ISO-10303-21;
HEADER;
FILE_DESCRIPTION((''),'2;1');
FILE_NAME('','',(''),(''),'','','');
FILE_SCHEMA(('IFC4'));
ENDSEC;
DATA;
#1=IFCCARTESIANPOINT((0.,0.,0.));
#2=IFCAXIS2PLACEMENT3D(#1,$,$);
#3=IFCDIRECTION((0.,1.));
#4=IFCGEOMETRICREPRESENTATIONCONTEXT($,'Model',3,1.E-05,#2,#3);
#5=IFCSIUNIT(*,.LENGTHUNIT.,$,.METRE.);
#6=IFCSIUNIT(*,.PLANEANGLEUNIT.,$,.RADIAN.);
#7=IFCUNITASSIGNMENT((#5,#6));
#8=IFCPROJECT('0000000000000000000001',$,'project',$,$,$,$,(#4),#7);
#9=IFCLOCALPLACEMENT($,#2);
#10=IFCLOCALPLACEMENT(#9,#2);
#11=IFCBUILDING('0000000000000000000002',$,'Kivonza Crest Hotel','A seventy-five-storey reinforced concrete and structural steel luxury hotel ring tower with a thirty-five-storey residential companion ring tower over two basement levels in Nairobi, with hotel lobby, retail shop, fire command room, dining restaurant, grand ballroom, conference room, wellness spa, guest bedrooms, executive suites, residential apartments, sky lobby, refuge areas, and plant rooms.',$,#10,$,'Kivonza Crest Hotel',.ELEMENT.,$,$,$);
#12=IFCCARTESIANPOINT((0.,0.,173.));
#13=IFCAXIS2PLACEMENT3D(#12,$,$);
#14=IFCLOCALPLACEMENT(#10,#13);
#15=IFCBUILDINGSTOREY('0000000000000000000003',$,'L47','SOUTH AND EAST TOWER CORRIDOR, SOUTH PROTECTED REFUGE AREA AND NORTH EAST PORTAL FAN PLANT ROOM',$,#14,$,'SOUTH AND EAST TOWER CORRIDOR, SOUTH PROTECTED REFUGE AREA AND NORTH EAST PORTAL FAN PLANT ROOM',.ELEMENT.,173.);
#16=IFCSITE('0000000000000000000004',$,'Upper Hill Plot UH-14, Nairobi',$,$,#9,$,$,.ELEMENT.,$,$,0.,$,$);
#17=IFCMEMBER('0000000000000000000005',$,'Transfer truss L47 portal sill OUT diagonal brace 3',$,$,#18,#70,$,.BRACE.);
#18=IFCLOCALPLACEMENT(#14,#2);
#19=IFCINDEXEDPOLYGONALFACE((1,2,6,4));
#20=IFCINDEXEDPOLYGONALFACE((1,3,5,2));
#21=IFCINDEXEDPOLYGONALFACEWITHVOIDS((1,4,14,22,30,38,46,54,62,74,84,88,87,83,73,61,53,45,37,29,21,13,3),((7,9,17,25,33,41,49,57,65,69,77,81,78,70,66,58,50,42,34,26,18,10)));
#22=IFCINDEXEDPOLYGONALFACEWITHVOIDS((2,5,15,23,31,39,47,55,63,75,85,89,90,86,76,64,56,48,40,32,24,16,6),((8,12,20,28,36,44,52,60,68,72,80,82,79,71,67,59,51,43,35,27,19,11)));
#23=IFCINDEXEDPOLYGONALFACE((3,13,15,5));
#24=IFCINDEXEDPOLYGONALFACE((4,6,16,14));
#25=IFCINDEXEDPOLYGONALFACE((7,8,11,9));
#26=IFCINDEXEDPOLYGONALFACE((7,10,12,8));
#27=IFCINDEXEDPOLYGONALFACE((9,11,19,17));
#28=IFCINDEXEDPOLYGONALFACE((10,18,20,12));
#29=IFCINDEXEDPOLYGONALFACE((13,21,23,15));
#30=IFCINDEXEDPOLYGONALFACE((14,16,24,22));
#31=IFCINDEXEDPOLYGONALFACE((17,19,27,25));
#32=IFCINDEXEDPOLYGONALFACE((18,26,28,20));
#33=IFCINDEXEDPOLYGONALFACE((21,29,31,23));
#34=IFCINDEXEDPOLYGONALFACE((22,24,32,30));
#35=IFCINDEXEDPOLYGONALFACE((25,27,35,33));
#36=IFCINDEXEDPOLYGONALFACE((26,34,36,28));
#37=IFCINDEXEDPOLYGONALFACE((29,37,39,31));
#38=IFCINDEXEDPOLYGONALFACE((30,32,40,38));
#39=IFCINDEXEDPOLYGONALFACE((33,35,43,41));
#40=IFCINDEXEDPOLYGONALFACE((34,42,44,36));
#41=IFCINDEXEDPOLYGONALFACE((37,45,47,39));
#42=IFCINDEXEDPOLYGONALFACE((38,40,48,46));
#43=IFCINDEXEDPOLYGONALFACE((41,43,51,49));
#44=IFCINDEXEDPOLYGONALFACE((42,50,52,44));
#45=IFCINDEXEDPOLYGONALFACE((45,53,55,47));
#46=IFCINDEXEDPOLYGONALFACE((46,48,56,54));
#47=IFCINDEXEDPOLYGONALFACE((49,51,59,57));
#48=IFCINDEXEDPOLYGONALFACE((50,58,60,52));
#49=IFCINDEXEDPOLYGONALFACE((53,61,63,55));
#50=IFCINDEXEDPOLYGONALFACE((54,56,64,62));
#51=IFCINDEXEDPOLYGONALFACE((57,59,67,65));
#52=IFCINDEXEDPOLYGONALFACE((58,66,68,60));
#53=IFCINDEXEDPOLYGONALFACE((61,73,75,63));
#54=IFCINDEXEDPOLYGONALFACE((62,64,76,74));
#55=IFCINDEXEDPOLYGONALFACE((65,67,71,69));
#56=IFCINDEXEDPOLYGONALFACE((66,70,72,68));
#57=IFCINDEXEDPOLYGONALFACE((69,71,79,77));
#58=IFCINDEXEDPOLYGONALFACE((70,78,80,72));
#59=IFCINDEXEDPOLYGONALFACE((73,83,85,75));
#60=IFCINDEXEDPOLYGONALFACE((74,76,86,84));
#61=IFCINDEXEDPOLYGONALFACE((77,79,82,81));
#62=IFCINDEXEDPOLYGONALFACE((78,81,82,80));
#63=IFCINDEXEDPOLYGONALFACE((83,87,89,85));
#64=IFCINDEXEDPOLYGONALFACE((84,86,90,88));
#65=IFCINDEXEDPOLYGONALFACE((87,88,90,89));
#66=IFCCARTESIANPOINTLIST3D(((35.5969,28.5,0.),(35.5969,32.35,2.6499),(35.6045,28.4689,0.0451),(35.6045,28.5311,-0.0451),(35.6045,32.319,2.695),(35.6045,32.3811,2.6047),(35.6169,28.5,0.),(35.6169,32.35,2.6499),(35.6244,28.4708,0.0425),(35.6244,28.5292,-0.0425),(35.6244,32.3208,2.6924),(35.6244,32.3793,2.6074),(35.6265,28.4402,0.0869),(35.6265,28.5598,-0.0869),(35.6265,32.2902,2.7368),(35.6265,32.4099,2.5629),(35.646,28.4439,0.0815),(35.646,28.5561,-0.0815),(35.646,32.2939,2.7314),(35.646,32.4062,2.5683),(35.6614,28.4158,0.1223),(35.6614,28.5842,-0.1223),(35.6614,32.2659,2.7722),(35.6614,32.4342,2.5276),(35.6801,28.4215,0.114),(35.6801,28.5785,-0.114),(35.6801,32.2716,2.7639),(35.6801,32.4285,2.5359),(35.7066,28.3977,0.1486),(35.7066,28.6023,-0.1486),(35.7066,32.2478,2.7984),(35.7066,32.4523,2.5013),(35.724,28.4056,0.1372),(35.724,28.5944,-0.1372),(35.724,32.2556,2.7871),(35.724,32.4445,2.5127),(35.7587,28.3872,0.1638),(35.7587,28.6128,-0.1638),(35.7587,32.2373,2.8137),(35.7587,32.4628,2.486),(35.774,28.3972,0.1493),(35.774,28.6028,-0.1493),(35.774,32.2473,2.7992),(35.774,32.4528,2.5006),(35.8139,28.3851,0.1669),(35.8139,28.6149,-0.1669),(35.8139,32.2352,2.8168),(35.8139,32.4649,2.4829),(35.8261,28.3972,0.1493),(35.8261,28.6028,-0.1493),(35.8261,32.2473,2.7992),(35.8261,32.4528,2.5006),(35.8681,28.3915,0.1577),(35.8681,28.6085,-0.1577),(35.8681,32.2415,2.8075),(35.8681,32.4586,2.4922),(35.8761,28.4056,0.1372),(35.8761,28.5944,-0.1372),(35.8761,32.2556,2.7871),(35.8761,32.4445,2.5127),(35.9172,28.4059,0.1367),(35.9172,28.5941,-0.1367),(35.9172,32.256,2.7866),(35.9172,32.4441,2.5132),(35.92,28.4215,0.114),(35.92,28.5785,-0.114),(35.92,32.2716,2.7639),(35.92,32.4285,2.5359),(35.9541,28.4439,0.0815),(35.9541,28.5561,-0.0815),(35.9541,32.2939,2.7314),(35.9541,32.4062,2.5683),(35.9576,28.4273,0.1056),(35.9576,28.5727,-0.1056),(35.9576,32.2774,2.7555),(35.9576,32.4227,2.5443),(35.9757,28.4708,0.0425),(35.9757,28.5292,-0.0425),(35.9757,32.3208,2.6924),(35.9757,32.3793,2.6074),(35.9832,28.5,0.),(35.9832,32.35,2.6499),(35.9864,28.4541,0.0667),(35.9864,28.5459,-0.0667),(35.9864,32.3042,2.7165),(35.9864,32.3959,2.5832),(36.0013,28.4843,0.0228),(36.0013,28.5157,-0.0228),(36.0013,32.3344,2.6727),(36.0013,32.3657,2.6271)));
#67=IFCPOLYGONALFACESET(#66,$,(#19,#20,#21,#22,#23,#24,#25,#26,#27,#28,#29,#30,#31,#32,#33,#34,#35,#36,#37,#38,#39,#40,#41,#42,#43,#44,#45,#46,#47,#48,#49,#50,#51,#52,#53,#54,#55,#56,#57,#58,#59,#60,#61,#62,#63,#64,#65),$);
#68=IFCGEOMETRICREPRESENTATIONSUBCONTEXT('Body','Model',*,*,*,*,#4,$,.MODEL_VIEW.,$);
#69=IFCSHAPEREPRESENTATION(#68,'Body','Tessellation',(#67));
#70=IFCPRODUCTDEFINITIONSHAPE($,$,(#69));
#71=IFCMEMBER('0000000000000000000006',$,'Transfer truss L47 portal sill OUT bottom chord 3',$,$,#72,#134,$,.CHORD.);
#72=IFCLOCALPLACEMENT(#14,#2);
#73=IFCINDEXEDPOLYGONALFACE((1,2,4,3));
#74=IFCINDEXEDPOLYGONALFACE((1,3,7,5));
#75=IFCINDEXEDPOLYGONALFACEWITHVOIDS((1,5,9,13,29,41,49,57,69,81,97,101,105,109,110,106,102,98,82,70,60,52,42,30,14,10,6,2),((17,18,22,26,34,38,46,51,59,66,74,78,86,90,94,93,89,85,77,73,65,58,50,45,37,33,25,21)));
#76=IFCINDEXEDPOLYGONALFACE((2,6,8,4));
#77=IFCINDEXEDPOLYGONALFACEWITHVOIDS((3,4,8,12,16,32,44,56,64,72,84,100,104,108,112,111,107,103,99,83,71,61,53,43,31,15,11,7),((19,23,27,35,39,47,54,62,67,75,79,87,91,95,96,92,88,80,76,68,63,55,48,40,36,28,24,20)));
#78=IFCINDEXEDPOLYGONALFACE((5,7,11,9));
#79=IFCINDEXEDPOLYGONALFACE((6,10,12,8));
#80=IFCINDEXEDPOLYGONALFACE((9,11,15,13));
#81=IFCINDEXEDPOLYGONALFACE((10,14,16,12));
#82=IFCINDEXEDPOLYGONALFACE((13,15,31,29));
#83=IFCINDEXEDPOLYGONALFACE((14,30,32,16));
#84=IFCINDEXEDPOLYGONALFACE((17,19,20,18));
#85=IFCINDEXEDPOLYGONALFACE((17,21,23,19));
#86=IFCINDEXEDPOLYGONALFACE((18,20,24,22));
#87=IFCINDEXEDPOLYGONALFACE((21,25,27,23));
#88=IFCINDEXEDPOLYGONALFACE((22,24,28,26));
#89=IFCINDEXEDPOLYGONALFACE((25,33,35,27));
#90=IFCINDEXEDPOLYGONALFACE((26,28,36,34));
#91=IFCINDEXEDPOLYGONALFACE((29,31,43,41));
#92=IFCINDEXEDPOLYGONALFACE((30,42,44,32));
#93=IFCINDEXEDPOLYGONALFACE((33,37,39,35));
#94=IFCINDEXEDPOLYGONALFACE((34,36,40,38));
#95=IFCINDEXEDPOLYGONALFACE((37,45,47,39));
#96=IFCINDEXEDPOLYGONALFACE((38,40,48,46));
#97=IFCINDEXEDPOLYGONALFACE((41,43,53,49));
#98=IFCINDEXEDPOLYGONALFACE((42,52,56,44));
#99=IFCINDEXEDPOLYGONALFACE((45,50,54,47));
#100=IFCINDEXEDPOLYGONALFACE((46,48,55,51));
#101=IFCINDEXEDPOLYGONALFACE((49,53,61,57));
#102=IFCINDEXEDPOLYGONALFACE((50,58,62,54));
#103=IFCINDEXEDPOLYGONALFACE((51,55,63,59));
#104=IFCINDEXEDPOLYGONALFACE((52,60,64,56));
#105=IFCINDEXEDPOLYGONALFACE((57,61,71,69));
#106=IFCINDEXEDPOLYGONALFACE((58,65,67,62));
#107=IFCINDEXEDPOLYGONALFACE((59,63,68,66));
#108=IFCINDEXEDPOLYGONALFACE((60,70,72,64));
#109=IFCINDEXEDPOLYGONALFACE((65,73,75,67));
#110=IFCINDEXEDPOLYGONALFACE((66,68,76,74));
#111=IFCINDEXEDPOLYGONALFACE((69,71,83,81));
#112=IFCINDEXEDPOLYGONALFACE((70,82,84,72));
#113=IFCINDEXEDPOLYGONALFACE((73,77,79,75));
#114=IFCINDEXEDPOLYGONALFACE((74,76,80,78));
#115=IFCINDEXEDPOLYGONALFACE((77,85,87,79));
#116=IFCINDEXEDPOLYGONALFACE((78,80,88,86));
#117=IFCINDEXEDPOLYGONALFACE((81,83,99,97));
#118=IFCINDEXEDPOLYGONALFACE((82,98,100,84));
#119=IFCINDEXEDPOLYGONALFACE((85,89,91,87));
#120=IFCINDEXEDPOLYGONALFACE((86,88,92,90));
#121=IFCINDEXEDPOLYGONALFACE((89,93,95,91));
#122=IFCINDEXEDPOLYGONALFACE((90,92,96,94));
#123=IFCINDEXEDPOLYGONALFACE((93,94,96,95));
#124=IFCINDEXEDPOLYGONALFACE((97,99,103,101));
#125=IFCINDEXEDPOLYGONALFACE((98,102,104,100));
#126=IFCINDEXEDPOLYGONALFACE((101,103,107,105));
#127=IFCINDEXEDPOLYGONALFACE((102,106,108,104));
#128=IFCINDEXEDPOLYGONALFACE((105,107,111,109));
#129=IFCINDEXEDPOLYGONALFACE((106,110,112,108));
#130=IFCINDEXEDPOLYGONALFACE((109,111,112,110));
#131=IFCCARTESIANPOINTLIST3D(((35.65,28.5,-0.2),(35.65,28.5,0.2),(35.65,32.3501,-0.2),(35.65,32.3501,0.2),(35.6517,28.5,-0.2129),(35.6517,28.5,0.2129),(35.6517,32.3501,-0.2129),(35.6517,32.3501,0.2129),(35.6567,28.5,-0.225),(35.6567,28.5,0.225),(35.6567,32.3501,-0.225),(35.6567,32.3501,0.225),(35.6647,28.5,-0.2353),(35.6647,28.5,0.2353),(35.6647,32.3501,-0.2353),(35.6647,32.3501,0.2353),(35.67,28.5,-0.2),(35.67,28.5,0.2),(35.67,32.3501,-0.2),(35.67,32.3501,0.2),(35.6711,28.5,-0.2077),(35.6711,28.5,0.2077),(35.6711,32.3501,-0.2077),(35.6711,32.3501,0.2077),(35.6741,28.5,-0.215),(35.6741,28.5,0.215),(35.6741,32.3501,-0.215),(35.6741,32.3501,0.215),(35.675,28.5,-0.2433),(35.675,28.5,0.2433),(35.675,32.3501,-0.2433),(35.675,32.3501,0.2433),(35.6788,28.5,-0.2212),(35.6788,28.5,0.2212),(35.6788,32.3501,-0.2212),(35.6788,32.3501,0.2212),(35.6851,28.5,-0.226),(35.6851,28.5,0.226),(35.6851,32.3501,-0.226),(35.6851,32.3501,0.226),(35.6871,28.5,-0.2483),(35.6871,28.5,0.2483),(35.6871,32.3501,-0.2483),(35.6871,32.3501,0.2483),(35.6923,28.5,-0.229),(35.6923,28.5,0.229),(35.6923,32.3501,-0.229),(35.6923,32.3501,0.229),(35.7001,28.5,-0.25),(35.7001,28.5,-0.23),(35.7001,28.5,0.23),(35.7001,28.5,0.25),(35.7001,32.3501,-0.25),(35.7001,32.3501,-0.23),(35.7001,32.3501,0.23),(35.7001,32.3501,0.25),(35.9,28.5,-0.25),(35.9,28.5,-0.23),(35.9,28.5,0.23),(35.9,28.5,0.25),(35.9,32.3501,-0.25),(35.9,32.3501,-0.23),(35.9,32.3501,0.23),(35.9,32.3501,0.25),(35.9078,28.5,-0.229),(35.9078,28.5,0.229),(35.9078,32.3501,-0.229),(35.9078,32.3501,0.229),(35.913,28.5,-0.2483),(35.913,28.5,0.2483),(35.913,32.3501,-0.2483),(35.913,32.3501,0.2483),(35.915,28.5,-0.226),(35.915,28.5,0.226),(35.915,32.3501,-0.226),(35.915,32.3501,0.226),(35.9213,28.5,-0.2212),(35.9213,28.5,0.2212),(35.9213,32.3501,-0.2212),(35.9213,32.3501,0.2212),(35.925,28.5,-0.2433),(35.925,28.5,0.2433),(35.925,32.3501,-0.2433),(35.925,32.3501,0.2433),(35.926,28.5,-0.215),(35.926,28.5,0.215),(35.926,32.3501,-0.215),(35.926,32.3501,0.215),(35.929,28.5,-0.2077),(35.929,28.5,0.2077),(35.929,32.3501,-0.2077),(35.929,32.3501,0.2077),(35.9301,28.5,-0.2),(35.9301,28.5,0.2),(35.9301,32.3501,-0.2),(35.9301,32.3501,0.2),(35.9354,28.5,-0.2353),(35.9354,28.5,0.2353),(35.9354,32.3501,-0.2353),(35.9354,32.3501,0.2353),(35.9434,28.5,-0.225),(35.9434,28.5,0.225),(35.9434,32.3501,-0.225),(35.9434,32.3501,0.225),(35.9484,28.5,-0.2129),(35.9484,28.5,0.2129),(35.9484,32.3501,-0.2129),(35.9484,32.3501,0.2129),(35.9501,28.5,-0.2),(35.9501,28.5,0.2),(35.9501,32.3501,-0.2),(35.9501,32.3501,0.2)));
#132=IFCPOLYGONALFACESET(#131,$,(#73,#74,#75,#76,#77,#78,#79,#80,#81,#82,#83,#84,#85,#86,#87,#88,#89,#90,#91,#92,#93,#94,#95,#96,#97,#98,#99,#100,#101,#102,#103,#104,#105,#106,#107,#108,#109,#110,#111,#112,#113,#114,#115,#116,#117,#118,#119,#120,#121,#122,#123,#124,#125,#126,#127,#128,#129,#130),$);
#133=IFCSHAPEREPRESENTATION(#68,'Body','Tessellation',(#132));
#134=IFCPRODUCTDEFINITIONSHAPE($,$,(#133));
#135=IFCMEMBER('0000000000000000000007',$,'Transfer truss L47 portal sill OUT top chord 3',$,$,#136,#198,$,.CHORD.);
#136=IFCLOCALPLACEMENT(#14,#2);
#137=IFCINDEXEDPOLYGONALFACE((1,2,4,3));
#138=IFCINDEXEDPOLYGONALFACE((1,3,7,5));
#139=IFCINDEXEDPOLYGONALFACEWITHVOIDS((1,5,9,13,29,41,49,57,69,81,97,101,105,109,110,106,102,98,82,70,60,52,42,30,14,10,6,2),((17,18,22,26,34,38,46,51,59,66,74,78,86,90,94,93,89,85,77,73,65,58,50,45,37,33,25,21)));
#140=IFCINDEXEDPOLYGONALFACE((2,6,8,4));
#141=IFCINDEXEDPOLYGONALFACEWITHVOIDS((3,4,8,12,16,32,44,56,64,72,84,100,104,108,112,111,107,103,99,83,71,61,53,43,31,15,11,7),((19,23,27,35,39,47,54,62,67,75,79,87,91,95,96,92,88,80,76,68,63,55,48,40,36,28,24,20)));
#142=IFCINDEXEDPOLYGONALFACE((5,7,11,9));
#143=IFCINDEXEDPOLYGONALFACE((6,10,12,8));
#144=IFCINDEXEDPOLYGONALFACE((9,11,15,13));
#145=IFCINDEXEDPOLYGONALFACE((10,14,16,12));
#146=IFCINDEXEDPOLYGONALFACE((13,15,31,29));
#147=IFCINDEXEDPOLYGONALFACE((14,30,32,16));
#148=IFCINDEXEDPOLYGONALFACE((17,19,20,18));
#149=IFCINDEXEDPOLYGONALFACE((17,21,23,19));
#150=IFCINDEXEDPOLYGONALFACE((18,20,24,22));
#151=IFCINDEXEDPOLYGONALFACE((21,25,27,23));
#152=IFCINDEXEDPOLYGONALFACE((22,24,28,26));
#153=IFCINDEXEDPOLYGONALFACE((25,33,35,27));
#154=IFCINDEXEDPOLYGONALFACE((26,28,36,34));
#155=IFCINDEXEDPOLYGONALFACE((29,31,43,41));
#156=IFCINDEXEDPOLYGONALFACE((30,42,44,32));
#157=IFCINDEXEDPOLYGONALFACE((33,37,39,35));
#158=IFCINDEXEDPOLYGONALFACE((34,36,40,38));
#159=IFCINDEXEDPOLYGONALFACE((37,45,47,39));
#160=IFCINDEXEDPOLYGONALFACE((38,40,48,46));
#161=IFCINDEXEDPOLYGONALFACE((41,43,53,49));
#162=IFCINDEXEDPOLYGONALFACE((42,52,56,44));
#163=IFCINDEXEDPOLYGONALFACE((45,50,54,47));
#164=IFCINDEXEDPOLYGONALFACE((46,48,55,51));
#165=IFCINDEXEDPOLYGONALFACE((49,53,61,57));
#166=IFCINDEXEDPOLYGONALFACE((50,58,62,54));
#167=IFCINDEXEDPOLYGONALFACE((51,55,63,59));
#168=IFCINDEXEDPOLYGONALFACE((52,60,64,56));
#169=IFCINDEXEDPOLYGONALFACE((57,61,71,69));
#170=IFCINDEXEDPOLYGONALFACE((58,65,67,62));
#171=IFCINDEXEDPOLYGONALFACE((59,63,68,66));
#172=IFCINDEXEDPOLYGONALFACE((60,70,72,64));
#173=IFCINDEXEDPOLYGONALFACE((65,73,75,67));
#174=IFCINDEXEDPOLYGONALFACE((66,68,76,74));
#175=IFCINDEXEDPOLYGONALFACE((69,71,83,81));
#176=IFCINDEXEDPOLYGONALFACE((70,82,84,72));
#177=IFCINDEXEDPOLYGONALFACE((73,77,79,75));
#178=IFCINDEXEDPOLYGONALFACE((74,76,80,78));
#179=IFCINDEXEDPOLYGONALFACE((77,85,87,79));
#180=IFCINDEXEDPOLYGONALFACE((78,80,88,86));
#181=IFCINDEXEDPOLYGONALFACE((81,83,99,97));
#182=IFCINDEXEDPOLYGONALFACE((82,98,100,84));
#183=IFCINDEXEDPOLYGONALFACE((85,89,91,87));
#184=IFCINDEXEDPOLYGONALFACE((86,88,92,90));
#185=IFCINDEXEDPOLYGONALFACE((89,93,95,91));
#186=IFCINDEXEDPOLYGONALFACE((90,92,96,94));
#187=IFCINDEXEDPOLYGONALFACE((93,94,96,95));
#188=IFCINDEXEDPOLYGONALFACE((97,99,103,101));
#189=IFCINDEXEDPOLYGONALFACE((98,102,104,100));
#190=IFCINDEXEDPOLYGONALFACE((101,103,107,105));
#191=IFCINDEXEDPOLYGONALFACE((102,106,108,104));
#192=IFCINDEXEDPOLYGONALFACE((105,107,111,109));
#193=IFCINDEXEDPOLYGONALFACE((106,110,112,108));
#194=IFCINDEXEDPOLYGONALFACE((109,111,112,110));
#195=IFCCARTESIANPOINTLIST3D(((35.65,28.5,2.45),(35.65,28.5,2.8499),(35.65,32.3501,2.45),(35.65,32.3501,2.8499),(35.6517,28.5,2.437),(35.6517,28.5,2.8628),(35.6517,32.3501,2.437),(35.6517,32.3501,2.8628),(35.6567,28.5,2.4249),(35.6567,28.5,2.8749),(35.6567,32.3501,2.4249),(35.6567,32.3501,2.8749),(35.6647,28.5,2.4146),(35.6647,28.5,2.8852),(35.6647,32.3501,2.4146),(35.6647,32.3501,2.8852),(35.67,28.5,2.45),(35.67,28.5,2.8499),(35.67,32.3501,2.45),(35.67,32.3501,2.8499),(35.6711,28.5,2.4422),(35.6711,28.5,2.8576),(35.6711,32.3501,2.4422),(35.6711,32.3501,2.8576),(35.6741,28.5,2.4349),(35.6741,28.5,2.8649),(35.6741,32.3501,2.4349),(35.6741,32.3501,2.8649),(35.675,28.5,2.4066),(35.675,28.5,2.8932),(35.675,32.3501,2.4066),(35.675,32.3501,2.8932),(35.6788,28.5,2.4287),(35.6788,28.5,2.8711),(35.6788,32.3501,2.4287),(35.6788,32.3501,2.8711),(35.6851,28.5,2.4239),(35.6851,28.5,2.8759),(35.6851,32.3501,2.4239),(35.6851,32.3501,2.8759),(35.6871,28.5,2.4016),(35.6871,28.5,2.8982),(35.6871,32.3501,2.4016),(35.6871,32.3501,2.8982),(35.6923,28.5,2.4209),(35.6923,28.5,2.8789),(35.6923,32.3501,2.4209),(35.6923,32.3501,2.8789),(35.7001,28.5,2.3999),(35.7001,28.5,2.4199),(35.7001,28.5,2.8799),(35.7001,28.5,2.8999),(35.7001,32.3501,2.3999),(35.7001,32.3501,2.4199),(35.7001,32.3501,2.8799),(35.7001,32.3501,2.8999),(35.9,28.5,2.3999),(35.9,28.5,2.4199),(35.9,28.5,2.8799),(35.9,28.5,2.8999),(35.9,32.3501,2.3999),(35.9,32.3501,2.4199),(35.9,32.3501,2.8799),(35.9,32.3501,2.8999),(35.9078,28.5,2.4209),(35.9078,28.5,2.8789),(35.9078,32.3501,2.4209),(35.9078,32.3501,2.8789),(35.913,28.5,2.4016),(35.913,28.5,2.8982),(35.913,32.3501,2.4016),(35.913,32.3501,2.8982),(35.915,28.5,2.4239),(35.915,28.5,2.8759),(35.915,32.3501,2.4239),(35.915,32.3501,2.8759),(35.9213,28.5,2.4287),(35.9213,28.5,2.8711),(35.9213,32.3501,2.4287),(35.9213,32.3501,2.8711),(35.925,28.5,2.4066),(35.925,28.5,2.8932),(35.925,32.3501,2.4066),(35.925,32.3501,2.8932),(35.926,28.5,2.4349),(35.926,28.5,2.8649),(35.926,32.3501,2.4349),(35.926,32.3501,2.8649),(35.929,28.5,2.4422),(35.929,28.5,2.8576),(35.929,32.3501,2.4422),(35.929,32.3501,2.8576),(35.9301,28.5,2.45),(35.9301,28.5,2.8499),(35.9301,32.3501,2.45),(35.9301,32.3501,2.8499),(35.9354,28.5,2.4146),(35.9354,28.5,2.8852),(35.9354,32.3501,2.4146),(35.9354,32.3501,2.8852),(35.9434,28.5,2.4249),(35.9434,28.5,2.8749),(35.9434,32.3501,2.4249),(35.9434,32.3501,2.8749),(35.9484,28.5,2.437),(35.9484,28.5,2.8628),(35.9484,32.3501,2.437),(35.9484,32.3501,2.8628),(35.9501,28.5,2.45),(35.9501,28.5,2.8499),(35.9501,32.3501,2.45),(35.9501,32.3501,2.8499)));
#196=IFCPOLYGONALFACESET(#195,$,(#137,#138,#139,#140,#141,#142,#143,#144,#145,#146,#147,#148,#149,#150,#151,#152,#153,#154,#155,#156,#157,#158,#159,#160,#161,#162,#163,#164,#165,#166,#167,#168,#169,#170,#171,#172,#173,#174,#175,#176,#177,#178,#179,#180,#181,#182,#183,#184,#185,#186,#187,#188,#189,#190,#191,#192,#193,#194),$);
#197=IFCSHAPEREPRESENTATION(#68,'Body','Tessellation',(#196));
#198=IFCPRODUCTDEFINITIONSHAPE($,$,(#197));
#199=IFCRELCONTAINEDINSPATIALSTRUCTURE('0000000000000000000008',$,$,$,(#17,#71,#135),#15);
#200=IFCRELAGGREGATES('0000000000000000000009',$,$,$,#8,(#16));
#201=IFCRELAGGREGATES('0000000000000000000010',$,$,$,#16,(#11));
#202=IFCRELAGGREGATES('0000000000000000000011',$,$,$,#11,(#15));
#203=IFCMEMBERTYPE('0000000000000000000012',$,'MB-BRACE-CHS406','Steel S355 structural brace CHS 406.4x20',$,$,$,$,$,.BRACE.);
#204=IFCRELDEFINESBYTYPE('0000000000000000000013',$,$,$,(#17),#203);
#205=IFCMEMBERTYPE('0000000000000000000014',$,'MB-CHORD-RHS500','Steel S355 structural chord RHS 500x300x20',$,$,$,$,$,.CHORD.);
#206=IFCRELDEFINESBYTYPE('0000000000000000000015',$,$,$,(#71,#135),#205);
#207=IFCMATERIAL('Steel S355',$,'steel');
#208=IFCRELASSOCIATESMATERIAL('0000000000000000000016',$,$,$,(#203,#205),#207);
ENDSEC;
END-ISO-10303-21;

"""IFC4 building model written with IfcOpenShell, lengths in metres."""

from ifc_helpers import new_model, si_unit, direction, frame, origin, origin_2d, place, context, subcontext, project, spatial, hollow_rectangle, hollow_circle, extrude, material, material_profile, profile_set, type_object, element, save


model = new_model("IFC4")

# Units and contexts
model_context = context("Model", 3, precision=1e-05, world=origin(), true_north=direction((0.0, 1.0)))
body_context = subcontext(model_context, "Body", "Model", "MODEL_VIEW")
ifc_project = project(units=[si_unit("LENGTHUNIT", "METRE"), si_unit("PLANEANGLEUNIT", "RADIAN")], contexts=[model_context])

# Site, building, storey
site_placement = place(None, origin())
site = spatial("IfcSite", under=ifc_project, at=site_placement, Name="Upper Hill Plot UH-14, Nairobi", CompositionType="ELEMENT", RefElevation=0.0)
building_placement = place(site_placement, origin())
building = spatial("IfcBuilding", under=site, at=building_placement, Name="Kivonza Crest Hotel", Description="A seventy-five-storey reinforced concrete and structural steel luxury hotel ring tower with a thirty-five-storey residential companion ring tower over two basement levels in Nairobi, with hotel lobby, retail shop, fire command room, dining restaurant, grand ballroom, conference room, wellness spa, guest bedrooms, executive suites, residential apartments, sky lobby, refuge areas, and plant rooms.", LongName="Kivonza Crest Hotel", CompositionType="ELEMENT")
storey_placement = place(building_placement, frame((0.0, 0.0, 173.0)))
storey = spatial("IfcBuildingStorey", under=building, at=storey_placement, Name="L47", Description="SOUTH AND EAST TOWER CORRIDOR, SOUTH PROTECTED REFUGE AREA AND NORTH EAST PORTAL FAN PLANT ROOM", LongName="SOUTH AND EAST TOWER CORRIDOR, SOUTH PROTECTED REFUGE AREA AND NORTH EAST PORTAL FAN PLANT ROOM", CompositionType="ELEMENT", Elevation=173.0)

# Shared definitions
ifc_material_1 = material(Name="Steel S355", Category="steel")

# Members
ifc_material_profile_1 = material_profile(ifc_material_1, hollow_circle(Radius=0.2031, WallThickness=0.02, at=origin_2d()), Name="CHS 406.4x20")
ifc_profile_set_1 = profile_set([ifc_material_profile_1], Name="Steel S355")
member_type_1 = type_object("IfcMemberType", Name="MB-BRACE-CHS406", Description="Steel S355 structural brace CHS 406.4x20", PredefinedType="BRACE", material=ifc_profile_set_1)
member_placement = place(storey_placement, frame((35.8, 28.5, 0.0), z_axis=(0.0, 0.823746, 0.566959), x_axis=(-1.0, 0.0, 0.0)))
element("IfcMember", 1, at=member_placement, inside=storey, type_object=member_type_1, Name="Transfer truss L47 portal sill OUT diagonal brace 3", PredefinedType="BRACE", context=body_context, shape_type="SweptSolid", body=[
    extrude(hollow_circle(Radius=0.2031, WallThickness=0.02, at=origin_2d()), origin(), (0.0, 0.0, 1.0), 4.6738),
])
ifc_material_profile_2 = material_profile(ifc_material_1, hollow_rectangle(XDim=0.3, YDim=0.5, WallThickness=0.02, InnerFilletRadius=0.03, OuterFilletRadius=0.05, at=origin_2d()), Name="RHS 500x300x20")
ifc_profile_set_2 = profile_set([ifc_material_profile_2], Name="Steel S355")
member_type_2 = type_object("IfcMemberType", Name="MB-CHORD-RHS500", Description="Steel S355 structural chord RHS 500x300x20", PredefinedType="CHORD", material=ifc_profile_set_2)
for number, where, z_axis, x_axis, name in (
    (2, (35.8, 28.5, 0.0), (0.0, 1.0, 0.0), (-1.0, 0.0, 0.0), "Transfer truss L47 portal sill OUT bottom chord 3"),
    (3, (35.8, 28.5, 2.6499), (0.0, 1.0, 0.0), (-1.0, 0.0, 0.0), "Transfer truss L47 portal sill OUT top chord 3"),
):
    element("IfcMember", number, at=place(storey_placement, frame(where, z_axis=z_axis, x_axis=x_axis)), inside=storey, type_object=member_type_2, Name=name, PredefinedType="CHORD", context=body_context, shape_type="SweptSolid", body=[
        extrude(hollow_rectangle(XDim=0.3, YDim=0.5, WallThickness=0.02, InnerFilletRadius=0.03, OuterFilletRadius=0.05, at=origin_2d()), origin(), (0.0, 0.0, 1.0), 3.8501),
    ])

save(model, "model.ifc")
